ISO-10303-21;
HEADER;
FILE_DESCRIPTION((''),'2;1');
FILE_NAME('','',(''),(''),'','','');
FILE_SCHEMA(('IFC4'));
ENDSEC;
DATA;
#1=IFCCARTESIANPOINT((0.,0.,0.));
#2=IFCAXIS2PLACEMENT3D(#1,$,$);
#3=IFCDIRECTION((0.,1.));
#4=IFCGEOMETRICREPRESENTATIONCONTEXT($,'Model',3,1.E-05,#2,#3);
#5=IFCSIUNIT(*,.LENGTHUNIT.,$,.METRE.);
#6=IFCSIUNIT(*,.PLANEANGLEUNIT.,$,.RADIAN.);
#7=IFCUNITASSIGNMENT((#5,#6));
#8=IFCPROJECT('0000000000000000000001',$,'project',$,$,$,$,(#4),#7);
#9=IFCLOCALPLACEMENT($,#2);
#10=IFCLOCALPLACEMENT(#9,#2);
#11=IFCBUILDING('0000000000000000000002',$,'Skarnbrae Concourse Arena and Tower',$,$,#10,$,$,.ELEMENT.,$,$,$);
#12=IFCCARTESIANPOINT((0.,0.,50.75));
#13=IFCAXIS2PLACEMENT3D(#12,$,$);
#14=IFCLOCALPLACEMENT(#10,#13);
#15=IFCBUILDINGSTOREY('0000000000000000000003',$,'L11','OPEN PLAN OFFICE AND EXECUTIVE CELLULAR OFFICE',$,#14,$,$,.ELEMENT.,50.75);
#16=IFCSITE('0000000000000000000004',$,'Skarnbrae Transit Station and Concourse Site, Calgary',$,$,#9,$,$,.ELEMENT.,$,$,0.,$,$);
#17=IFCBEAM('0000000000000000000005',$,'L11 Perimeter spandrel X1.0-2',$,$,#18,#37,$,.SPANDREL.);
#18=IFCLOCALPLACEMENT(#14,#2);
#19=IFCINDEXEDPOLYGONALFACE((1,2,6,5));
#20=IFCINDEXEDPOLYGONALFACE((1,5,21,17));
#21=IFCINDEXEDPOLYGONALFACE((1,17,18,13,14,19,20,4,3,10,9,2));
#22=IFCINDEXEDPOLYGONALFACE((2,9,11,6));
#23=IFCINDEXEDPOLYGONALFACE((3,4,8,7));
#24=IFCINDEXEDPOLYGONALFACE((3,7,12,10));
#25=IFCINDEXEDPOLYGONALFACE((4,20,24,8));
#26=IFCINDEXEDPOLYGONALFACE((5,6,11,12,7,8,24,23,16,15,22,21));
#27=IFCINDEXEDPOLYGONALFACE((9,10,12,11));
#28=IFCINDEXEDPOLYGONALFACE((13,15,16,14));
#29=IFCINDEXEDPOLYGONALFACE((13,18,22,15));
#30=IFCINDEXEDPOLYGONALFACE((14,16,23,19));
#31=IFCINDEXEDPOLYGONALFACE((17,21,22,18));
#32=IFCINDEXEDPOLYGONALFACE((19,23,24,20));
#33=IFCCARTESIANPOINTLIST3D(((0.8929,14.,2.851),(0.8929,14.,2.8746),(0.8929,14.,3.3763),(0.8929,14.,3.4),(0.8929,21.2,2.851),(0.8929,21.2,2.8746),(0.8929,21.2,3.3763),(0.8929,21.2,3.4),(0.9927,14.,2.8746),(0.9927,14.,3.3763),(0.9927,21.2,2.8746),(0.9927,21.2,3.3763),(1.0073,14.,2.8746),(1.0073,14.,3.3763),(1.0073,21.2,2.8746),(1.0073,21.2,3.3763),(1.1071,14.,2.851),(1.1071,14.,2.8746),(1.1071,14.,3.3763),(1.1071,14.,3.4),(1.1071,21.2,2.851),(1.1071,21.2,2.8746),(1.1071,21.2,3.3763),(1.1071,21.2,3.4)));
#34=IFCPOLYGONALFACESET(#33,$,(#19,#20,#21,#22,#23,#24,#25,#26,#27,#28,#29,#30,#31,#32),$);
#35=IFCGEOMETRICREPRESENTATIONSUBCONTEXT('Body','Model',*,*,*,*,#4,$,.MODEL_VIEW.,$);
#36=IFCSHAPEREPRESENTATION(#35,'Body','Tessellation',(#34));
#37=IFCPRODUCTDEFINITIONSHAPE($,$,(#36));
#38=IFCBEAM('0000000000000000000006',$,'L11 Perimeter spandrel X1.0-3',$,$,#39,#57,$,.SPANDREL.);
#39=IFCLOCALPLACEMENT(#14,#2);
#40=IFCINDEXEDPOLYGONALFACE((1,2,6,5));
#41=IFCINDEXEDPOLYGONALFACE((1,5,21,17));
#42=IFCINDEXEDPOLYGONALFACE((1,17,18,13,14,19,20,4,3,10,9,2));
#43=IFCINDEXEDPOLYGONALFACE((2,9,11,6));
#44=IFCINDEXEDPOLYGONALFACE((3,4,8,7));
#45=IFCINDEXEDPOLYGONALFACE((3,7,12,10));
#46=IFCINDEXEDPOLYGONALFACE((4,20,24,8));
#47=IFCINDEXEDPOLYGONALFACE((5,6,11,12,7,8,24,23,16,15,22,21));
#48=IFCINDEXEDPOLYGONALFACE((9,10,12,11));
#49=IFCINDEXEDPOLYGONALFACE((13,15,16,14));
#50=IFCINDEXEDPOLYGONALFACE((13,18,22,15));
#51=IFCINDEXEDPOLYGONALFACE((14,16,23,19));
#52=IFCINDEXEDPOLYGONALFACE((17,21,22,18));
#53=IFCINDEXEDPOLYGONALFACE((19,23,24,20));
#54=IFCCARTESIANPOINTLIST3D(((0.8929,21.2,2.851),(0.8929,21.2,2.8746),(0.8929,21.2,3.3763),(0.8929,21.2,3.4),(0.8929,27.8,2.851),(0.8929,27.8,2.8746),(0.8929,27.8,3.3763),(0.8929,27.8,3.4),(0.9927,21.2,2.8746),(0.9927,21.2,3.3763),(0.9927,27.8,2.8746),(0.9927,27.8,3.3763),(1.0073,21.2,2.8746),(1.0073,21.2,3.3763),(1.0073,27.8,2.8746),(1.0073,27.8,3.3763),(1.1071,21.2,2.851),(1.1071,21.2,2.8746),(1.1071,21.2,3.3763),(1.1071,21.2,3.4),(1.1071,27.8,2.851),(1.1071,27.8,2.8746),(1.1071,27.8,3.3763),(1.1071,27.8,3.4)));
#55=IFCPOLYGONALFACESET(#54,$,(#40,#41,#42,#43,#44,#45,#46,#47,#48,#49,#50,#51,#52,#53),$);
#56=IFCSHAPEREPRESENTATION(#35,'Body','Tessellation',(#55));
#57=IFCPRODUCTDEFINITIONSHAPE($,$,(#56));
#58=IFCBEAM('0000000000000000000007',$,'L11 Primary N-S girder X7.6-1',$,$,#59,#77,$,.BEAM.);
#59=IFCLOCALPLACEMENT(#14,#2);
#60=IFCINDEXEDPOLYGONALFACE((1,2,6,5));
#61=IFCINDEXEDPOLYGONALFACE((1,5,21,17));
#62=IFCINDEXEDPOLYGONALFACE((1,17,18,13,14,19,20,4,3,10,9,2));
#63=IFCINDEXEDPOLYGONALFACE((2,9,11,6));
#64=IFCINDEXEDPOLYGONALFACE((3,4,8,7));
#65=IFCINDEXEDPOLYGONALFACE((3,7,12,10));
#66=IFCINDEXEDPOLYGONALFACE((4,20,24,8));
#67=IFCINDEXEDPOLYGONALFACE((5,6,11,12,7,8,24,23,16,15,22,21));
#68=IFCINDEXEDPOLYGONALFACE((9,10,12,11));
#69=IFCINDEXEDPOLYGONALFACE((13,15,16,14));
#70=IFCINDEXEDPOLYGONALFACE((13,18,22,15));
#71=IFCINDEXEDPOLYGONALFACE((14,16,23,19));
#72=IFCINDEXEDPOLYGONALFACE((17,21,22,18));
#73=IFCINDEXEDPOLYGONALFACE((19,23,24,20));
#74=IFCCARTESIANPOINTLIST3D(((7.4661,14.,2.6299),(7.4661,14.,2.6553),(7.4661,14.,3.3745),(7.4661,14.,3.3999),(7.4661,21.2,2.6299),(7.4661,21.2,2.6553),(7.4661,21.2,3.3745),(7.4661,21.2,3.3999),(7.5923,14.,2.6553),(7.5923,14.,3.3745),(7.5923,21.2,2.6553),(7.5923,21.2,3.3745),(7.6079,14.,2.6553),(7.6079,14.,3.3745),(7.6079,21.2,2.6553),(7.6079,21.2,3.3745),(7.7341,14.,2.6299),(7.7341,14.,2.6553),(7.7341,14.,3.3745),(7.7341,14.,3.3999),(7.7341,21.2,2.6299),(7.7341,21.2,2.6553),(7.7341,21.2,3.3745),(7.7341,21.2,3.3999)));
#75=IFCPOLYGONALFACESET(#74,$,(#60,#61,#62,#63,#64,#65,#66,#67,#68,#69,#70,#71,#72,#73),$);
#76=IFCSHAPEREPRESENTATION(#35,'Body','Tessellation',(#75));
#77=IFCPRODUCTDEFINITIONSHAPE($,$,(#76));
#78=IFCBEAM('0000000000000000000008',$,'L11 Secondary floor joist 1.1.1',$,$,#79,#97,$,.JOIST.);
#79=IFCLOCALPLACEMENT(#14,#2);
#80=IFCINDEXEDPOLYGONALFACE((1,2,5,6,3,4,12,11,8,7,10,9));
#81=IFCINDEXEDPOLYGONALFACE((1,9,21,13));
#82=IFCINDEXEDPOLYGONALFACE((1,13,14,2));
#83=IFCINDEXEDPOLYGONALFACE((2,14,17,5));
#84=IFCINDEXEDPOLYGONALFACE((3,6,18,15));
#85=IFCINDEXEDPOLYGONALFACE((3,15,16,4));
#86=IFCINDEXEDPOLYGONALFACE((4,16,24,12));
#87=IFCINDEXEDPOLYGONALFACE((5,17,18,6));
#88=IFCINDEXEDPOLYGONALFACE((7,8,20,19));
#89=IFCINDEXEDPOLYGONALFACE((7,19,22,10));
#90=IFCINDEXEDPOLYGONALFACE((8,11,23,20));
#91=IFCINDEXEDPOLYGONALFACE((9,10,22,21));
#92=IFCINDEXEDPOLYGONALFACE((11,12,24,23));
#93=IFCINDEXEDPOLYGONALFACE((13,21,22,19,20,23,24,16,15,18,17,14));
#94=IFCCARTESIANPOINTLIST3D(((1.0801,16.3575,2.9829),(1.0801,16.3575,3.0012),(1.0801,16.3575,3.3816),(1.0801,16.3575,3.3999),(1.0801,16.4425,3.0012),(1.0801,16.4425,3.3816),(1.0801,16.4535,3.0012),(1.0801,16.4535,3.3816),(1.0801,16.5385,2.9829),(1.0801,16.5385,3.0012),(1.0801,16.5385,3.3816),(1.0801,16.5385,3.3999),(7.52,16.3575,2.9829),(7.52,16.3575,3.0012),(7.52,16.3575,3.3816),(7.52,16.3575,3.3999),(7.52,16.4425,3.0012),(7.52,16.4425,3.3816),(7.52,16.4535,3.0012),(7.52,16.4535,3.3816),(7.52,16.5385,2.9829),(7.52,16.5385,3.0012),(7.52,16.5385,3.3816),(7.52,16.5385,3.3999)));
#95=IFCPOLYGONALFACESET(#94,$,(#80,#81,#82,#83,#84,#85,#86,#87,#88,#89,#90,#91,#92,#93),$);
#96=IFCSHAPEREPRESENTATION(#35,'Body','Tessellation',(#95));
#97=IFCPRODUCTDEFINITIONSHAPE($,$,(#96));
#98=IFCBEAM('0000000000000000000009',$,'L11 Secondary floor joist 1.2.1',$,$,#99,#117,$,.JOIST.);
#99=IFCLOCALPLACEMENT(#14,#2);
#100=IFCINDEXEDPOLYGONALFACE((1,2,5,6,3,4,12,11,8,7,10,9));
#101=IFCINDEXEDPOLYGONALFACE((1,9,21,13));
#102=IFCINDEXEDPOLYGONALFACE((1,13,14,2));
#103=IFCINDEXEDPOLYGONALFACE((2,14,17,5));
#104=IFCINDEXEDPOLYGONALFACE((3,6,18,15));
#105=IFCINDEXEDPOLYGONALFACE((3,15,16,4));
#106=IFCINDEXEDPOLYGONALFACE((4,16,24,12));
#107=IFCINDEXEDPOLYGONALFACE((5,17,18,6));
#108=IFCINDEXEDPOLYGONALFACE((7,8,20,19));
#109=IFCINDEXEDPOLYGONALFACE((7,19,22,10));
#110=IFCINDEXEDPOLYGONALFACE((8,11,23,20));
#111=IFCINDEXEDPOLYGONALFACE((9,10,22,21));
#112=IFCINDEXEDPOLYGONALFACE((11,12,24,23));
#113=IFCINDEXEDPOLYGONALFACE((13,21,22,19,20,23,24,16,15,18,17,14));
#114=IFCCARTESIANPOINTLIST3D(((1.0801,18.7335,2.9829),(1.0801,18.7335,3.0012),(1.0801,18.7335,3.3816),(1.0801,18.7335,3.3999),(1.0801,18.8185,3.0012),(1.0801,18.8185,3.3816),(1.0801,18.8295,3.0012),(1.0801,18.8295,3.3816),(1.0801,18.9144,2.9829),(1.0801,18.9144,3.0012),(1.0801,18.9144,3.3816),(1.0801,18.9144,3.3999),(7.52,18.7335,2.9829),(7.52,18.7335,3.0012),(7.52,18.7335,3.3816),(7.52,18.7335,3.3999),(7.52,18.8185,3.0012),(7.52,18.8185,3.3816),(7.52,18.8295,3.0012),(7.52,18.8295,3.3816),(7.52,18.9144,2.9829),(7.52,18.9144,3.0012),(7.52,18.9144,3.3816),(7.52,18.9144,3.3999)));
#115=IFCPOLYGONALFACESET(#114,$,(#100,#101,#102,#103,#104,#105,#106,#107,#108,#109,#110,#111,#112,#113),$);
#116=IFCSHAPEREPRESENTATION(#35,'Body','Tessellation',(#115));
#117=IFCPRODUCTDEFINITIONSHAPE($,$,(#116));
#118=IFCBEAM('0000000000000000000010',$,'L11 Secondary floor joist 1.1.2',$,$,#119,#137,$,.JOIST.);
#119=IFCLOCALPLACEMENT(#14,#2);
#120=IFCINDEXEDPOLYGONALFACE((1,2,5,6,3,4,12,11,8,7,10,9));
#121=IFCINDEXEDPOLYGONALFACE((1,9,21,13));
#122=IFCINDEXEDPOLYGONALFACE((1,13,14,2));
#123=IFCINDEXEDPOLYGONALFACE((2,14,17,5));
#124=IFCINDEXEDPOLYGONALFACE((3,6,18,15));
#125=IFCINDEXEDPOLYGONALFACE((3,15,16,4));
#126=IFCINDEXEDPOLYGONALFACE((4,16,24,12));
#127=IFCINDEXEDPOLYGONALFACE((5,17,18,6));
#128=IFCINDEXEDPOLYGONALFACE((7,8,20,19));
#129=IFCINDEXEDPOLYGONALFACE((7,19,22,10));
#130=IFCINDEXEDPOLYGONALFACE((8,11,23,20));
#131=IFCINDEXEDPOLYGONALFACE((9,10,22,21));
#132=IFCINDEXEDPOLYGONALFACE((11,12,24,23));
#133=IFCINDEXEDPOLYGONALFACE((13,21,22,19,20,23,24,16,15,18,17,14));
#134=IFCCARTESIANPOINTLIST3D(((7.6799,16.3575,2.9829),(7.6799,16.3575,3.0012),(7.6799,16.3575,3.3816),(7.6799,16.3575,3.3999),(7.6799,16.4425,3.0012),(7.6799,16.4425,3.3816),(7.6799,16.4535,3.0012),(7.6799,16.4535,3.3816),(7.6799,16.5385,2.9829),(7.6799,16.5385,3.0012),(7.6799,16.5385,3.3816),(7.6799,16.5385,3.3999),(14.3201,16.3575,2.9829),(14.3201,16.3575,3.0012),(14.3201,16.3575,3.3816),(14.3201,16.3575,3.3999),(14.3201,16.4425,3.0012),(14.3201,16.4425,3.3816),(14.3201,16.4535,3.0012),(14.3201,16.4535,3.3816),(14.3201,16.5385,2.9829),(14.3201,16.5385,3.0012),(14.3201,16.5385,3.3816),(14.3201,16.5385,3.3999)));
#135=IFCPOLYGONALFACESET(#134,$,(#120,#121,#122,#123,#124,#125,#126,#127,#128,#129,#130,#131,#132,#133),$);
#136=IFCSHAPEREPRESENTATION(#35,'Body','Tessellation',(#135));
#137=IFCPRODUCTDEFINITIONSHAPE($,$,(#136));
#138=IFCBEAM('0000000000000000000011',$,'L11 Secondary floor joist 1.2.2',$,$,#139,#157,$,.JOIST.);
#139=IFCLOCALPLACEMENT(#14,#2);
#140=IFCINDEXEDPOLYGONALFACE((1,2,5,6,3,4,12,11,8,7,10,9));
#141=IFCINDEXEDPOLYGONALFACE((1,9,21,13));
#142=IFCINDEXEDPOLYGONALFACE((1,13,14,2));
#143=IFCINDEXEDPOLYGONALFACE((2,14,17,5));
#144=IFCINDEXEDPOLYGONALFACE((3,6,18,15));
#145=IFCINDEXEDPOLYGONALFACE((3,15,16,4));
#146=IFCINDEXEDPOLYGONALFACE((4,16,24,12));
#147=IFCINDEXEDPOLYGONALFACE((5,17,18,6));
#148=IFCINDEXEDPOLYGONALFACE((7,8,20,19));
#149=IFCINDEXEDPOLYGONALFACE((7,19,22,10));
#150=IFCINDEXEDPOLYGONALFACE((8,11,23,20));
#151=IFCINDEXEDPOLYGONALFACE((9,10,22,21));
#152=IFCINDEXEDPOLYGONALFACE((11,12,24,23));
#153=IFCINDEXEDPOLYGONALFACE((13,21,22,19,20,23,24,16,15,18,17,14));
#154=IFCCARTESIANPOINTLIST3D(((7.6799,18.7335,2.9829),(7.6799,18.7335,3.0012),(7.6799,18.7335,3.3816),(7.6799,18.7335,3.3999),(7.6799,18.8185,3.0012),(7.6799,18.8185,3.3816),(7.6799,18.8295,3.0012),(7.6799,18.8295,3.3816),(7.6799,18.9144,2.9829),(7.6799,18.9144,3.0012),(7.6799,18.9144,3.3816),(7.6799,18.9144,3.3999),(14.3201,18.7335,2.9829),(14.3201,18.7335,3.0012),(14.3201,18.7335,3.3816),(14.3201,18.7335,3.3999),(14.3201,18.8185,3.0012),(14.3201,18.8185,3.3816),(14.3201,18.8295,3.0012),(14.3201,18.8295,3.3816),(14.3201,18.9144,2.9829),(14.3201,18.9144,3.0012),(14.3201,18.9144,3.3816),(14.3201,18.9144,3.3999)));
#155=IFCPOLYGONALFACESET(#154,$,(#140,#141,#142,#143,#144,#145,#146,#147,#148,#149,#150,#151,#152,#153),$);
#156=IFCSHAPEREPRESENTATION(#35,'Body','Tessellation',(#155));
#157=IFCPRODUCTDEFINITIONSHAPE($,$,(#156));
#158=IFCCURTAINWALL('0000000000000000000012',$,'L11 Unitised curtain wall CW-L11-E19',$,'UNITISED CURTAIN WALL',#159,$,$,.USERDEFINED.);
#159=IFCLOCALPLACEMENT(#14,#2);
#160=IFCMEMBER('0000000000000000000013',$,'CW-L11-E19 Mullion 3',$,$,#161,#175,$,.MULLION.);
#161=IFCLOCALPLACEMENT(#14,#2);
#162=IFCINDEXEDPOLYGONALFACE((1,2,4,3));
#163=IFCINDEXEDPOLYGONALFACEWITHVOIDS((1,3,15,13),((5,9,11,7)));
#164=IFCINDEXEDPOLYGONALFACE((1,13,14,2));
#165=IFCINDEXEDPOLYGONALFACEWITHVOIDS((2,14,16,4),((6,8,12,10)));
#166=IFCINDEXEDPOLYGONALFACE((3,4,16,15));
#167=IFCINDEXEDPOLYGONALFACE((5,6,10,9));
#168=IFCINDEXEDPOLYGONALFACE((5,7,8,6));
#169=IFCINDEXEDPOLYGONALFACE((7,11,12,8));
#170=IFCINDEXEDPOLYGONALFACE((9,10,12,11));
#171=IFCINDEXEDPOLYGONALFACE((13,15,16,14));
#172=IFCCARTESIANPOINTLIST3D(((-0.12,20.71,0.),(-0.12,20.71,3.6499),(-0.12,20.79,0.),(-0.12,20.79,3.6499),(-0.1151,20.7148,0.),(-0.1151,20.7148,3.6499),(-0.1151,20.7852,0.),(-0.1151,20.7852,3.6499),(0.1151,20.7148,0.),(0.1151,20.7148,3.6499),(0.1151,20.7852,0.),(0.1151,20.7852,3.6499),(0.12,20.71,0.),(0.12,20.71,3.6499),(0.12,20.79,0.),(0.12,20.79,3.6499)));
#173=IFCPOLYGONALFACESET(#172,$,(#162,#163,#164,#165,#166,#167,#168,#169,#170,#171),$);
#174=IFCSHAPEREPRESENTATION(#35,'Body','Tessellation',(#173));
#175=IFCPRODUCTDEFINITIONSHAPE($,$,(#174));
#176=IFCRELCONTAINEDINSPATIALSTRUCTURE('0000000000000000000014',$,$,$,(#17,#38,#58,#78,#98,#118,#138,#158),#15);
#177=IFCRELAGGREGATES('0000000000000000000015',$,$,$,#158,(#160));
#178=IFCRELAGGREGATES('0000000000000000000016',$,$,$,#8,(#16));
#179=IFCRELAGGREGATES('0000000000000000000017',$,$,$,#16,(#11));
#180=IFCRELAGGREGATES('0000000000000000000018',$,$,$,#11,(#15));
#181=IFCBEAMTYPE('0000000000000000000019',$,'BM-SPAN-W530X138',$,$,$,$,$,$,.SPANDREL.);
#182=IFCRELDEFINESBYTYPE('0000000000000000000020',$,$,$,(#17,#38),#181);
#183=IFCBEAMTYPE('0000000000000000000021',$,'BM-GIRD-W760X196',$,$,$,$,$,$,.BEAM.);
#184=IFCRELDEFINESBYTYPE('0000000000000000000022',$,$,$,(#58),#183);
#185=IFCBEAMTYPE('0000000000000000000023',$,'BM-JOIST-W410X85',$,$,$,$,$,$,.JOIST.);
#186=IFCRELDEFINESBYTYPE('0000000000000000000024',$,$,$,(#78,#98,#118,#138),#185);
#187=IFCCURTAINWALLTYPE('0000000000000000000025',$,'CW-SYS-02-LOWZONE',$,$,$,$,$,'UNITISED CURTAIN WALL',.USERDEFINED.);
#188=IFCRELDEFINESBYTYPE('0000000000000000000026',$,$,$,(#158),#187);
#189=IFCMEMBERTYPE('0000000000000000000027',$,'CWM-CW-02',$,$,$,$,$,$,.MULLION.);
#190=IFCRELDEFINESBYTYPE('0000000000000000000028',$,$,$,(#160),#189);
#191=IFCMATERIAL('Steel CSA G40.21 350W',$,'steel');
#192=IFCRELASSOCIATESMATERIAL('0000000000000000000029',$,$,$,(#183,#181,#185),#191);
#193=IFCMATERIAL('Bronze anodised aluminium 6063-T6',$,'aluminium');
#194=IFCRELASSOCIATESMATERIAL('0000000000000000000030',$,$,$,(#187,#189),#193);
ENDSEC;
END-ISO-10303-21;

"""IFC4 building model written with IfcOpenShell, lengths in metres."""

from ifc_helpers import new_model, si_unit, direction, frame, origin, origin_2d, place, context, subcontext, project, spatial, hollow_rectangle, i_section, extrude, source, transform, mapped, material, material_profile, profile_set, type_object, element, aggregate, save


model = new_model("IFC4")

# Units and contexts
model_context = context("Model", 3, precision=1e-05, world=origin(), true_north=direction((0.0, 1.0)))
body_context = subcontext(model_context, "Body", "Model", "MODEL_VIEW")
ifc_project = project(units=[si_unit("LENGTHUNIT", "METRE"), si_unit("PLANEANGLEUNIT", "RADIAN")], contexts=[model_context])

# Site, building, storey
site_placement = place(None, origin())
site = spatial("IfcSite", under=ifc_project, at=site_placement, Name="Skarnbrae Transit Station and Concourse Site, Calgary", CompositionType="ELEMENT", RefElevation=0.0)
building_placement = place(site_placement, origin())
building = spatial("IfcBuilding", under=site, at=building_placement, Name="Skarnbrae Concourse Arena and Tower", CompositionType="ELEMENT")
storey_placement = place(building_placement, frame((0.0, 0.0, 50.75)))
storey = spatial("IfcBuildingStorey", under=building, at=storey_placement, Name="L11", Description="OPEN PLAN OFFICE AND EXECUTIVE CELLULAR OFFICE", CompositionType="ELEMENT", Elevation=50.75)

# Shared definitions
ifc_material_1 = material(Name="Steel CSA G40.21 350W", Category="steel")

# Beams
ifc_material_profile_1 = material_profile(ifc_material_1, i_section(OverallWidth=0.2681, OverallDepth=0.77, WebThickness=0.0156, FlangeThickness=0.0254, at=origin_2d()), Name="W760X196")
ifc_profile_set_1 = profile_set([ifc_material_profile_1], Name="Steel CSA G40.21 350W")
beam_type_1 = type_object("IfcBeamType", Name="BM-GIRD-W760X196", PredefinedType="BEAM", material=ifc_profile_set_1)
ifc_material_profile_2 = material_profile(ifc_material_1, i_section(OverallWidth=0.2141, OverallDepth=0.5491, WebThickness=0.0146, FlangeThickness=0.0237, at=origin_2d()), Name="W530X138")
ifc_profile_set_2 = profile_set([ifc_material_profile_2], Name="Steel CSA G40.21 350W")
beam_type_2 = type_object("IfcBeamType", Name="BM-SPAN-W530X138", PredefinedType="SPANDREL", material=ifc_profile_set_2)
shared_shape_1 = source(origin(), body_context, "Body", "SweptSolid", [
    extrude(i_section(OverallWidth=0.2141, OverallDepth=0.5491, WebThickness=0.0146, FlangeThickness=0.0237, at=origin_2d()), origin(), (0.0, 0.0, 1.0), 7.2),
])
beam_1_placement = place(storey_placement, frame((1.0, 14.0, 3.1255), z_axis=(0.0, 1.0, 0.0), x_axis=(-1.0, 0.0, 0.0)))
element("IfcBeam", 1, at=beam_1_placement, inside=storey, type_object=beam_type_2, Name="L11 Perimeter spandrel X1.0-2", PredefinedType="SPANDREL", context=body_context, shape_type="MappedRepresentation", body=[
    mapped(shared_shape_1, transform((0.0, 0.0, 0.0))),
])
shared_shape_2 = source(origin(), body_context, "Body", "SweptSolid", [
    extrude(i_section(OverallWidth=0.2141, OverallDepth=0.5491, WebThickness=0.0146, FlangeThickness=0.0237, at=origin_2d()), origin(), (0.0, 0.0, 1.0), 6.6001),
])
beam_2_placement = place(storey_placement, frame((1.0, 21.2, 3.1255), z_axis=(0.0, 1.0, 0.0), x_axis=(-1.0, 0.0, 0.0)))
element("IfcBeam", 2, at=beam_2_placement, inside=storey, type_object=beam_type_2, Name="L11 Perimeter spandrel X1.0-3", PredefinedType="SPANDREL", context=body_context, shape_type="MappedRepresentation", body=[
    mapped(shared_shape_2, transform((0.0, 0.0, 0.0))),
])
shared_shape_3 = source(origin(), body_context, "Body", "SweptSolid", [
    extrude(i_section(OverallWidth=0.2681, OverallDepth=0.77, WebThickness=0.0156, FlangeThickness=0.0254, at=origin_2d()), origin(), (0.0, 0.0, 1.0), 7.2),
])
beam_3_placement = place(storey_placement, frame((7.6001, 14.0, 3.0149), z_axis=(0.0, 1.0, 0.0), x_axis=(-1.0, 0.0, 0.0)))
element("IfcBeam", 3, at=beam_3_placement, inside=storey, type_object=beam_type_1, Name="L11 Primary N-S girder X7.6-1", PredefinedType="BEAM", context=body_context, shape_type="MappedRepresentation", body=[
    mapped(shared_shape_3, transform((0.0, 0.0, 0.0))),
])
ifc_material_profile_3 = material_profile(ifc_material_1, i_section(OverallWidth=0.1809, OverallDepth=0.417, WebThickness=0.011, FlangeThickness=0.0183, at=origin_2d()), Name="W410X85")
ifc_profile_set_3 = profile_set([ifc_material_profile_3], Name="Steel CSA G40.21 350W")
beam_type_3 = type_object("IfcBeamType", Name="BM-JOIST-W410X85", PredefinedType="JOIST", material=ifc_profile_set_3)
shared_shape_4 = source(origin(), body_context, "Body", "SweptSolid", [
    extrude(i_section(OverallWidth=0.1809, OverallDepth=0.417, WebThickness=0.011, FlangeThickness=0.0183, at=origin_2d()), origin(), (0.0, 0.0, 1.0), 6.4399),
])
for number, where, z_axis, x_axis, name in (
    (4, (1.0801, 16.448, 3.1914), (1.0, 0.0, 0.0), (0.0, 1.0, 0.0), "L11 Secondary floor joist 1.1.1"),
    (5, (1.0801, 18.824, 3.1914), (1.0, 0.0, 0.0), (0.0, 1.0, 0.0), "L11 Secondary floor joist 1.2.1"),
):
    element("IfcBeam", number, at=place(storey_placement, frame(where, z_axis=z_axis, x_axis=x_axis)), inside=storey, type_object=beam_type_3, Name=name, PredefinedType="JOIST", context=body_context, shape_type="MappedRepresentation", body=[
        mapped(shared_shape_4, transform((0.0, 0.0, 0.0))),
    ])
shared_shape_5 = source(origin(), body_context, "Body", "SweptSolid", [
    extrude(i_section(OverallWidth=0.1809, OverallDepth=0.417, WebThickness=0.011, FlangeThickness=0.0183, at=origin_2d()), origin(), (0.0, 0.0, 1.0), 6.6401),
])
for number, where, z_axis, x_axis, name in (
    (6, (7.6799, 16.448, 3.1914), (1.0, 0.0, 0.0), (0.0, 1.0, 0.0), "L11 Secondary floor joist 1.1.2"),
    (7, (7.6799, 18.824, 3.1914), (1.0, 0.0, 0.0), (0.0, 1.0, 0.0), "L11 Secondary floor joist 1.2.2"),
):
    element("IfcBeam", number, at=place(storey_placement, frame(where, z_axis=z_axis, x_axis=x_axis)), inside=storey, type_object=beam_type_3, Name=name, PredefinedType="JOIST", context=body_context, shape_type="MappedRepresentation", body=[
        mapped(shared_shape_5, transform((0.0, 0.0, 0.0))),
    ])

# Curtain wall, member
ifc_material_2 = material(Name="Bronze anodised aluminium 6063-T6", Category="aluminium")
curtain_wall_type = type_object("IfcCurtainWallType", Name="CW-SYS-02-LOWZONE", ElementType="UNITISED CURTAIN WALL", PredefinedType="USERDEFINED", material=ifc_material_2)
curtain_wall_placement = place(storey_placement, origin())
curtain_wall = element("IfcCurtainWall", 8, at=curtain_wall_placement, inside=storey, type_object=curtain_wall_type, Name="L11 Unitised curtain wall CW-L11-E19", ObjectType="UNITISED CURTAIN WALL", PredefinedType="USERDEFINED")
ifc_material_profile_4 = material_profile(ifc_material_2, hollow_rectangle(XDim=0.0801, YDim=0.24, WallThickness=0.0049, at=origin_2d()), Name="ALU-MULL-80X240")
ifc_profile_set_4 = profile_set([ifc_material_profile_4], Name="Bronze anodised aluminium 6063-T6")
member_type_1 = type_object("IfcMemberType", Name="CWM-CW-02", PredefinedType="MULLION", material=ifc_profile_set_4)
shared_shape_6 = source(origin(), body_context, "Body", "SweptSolid", [
    extrude(hollow_rectangle(XDim=0.0801, YDim=0.24, WallThickness=0.0049, at=origin_2d()), origin(), (0.0, 0.0, 1.0), 3.6499),
])
member_1_placement = place(storey_placement, frame((0.0, 20.75, 0.0), z_axis=(0.0, 0.0, 1.0), x_axis=(0.0, -1.0, 0.0)))
member_1 = element("IfcMember", 9, at=member_1_placement, type_object=member_type_1, Name="CW-L11-E19 Mullion 3", PredefinedType="MULLION", context=body_context, shape_type="MappedRepresentation", body=[
    mapped(shared_shape_6, transform((0.0, 0.0, 0.0))),
])
aggregate(curtain_wall, [member_1])

save(model, "model.ifc")
